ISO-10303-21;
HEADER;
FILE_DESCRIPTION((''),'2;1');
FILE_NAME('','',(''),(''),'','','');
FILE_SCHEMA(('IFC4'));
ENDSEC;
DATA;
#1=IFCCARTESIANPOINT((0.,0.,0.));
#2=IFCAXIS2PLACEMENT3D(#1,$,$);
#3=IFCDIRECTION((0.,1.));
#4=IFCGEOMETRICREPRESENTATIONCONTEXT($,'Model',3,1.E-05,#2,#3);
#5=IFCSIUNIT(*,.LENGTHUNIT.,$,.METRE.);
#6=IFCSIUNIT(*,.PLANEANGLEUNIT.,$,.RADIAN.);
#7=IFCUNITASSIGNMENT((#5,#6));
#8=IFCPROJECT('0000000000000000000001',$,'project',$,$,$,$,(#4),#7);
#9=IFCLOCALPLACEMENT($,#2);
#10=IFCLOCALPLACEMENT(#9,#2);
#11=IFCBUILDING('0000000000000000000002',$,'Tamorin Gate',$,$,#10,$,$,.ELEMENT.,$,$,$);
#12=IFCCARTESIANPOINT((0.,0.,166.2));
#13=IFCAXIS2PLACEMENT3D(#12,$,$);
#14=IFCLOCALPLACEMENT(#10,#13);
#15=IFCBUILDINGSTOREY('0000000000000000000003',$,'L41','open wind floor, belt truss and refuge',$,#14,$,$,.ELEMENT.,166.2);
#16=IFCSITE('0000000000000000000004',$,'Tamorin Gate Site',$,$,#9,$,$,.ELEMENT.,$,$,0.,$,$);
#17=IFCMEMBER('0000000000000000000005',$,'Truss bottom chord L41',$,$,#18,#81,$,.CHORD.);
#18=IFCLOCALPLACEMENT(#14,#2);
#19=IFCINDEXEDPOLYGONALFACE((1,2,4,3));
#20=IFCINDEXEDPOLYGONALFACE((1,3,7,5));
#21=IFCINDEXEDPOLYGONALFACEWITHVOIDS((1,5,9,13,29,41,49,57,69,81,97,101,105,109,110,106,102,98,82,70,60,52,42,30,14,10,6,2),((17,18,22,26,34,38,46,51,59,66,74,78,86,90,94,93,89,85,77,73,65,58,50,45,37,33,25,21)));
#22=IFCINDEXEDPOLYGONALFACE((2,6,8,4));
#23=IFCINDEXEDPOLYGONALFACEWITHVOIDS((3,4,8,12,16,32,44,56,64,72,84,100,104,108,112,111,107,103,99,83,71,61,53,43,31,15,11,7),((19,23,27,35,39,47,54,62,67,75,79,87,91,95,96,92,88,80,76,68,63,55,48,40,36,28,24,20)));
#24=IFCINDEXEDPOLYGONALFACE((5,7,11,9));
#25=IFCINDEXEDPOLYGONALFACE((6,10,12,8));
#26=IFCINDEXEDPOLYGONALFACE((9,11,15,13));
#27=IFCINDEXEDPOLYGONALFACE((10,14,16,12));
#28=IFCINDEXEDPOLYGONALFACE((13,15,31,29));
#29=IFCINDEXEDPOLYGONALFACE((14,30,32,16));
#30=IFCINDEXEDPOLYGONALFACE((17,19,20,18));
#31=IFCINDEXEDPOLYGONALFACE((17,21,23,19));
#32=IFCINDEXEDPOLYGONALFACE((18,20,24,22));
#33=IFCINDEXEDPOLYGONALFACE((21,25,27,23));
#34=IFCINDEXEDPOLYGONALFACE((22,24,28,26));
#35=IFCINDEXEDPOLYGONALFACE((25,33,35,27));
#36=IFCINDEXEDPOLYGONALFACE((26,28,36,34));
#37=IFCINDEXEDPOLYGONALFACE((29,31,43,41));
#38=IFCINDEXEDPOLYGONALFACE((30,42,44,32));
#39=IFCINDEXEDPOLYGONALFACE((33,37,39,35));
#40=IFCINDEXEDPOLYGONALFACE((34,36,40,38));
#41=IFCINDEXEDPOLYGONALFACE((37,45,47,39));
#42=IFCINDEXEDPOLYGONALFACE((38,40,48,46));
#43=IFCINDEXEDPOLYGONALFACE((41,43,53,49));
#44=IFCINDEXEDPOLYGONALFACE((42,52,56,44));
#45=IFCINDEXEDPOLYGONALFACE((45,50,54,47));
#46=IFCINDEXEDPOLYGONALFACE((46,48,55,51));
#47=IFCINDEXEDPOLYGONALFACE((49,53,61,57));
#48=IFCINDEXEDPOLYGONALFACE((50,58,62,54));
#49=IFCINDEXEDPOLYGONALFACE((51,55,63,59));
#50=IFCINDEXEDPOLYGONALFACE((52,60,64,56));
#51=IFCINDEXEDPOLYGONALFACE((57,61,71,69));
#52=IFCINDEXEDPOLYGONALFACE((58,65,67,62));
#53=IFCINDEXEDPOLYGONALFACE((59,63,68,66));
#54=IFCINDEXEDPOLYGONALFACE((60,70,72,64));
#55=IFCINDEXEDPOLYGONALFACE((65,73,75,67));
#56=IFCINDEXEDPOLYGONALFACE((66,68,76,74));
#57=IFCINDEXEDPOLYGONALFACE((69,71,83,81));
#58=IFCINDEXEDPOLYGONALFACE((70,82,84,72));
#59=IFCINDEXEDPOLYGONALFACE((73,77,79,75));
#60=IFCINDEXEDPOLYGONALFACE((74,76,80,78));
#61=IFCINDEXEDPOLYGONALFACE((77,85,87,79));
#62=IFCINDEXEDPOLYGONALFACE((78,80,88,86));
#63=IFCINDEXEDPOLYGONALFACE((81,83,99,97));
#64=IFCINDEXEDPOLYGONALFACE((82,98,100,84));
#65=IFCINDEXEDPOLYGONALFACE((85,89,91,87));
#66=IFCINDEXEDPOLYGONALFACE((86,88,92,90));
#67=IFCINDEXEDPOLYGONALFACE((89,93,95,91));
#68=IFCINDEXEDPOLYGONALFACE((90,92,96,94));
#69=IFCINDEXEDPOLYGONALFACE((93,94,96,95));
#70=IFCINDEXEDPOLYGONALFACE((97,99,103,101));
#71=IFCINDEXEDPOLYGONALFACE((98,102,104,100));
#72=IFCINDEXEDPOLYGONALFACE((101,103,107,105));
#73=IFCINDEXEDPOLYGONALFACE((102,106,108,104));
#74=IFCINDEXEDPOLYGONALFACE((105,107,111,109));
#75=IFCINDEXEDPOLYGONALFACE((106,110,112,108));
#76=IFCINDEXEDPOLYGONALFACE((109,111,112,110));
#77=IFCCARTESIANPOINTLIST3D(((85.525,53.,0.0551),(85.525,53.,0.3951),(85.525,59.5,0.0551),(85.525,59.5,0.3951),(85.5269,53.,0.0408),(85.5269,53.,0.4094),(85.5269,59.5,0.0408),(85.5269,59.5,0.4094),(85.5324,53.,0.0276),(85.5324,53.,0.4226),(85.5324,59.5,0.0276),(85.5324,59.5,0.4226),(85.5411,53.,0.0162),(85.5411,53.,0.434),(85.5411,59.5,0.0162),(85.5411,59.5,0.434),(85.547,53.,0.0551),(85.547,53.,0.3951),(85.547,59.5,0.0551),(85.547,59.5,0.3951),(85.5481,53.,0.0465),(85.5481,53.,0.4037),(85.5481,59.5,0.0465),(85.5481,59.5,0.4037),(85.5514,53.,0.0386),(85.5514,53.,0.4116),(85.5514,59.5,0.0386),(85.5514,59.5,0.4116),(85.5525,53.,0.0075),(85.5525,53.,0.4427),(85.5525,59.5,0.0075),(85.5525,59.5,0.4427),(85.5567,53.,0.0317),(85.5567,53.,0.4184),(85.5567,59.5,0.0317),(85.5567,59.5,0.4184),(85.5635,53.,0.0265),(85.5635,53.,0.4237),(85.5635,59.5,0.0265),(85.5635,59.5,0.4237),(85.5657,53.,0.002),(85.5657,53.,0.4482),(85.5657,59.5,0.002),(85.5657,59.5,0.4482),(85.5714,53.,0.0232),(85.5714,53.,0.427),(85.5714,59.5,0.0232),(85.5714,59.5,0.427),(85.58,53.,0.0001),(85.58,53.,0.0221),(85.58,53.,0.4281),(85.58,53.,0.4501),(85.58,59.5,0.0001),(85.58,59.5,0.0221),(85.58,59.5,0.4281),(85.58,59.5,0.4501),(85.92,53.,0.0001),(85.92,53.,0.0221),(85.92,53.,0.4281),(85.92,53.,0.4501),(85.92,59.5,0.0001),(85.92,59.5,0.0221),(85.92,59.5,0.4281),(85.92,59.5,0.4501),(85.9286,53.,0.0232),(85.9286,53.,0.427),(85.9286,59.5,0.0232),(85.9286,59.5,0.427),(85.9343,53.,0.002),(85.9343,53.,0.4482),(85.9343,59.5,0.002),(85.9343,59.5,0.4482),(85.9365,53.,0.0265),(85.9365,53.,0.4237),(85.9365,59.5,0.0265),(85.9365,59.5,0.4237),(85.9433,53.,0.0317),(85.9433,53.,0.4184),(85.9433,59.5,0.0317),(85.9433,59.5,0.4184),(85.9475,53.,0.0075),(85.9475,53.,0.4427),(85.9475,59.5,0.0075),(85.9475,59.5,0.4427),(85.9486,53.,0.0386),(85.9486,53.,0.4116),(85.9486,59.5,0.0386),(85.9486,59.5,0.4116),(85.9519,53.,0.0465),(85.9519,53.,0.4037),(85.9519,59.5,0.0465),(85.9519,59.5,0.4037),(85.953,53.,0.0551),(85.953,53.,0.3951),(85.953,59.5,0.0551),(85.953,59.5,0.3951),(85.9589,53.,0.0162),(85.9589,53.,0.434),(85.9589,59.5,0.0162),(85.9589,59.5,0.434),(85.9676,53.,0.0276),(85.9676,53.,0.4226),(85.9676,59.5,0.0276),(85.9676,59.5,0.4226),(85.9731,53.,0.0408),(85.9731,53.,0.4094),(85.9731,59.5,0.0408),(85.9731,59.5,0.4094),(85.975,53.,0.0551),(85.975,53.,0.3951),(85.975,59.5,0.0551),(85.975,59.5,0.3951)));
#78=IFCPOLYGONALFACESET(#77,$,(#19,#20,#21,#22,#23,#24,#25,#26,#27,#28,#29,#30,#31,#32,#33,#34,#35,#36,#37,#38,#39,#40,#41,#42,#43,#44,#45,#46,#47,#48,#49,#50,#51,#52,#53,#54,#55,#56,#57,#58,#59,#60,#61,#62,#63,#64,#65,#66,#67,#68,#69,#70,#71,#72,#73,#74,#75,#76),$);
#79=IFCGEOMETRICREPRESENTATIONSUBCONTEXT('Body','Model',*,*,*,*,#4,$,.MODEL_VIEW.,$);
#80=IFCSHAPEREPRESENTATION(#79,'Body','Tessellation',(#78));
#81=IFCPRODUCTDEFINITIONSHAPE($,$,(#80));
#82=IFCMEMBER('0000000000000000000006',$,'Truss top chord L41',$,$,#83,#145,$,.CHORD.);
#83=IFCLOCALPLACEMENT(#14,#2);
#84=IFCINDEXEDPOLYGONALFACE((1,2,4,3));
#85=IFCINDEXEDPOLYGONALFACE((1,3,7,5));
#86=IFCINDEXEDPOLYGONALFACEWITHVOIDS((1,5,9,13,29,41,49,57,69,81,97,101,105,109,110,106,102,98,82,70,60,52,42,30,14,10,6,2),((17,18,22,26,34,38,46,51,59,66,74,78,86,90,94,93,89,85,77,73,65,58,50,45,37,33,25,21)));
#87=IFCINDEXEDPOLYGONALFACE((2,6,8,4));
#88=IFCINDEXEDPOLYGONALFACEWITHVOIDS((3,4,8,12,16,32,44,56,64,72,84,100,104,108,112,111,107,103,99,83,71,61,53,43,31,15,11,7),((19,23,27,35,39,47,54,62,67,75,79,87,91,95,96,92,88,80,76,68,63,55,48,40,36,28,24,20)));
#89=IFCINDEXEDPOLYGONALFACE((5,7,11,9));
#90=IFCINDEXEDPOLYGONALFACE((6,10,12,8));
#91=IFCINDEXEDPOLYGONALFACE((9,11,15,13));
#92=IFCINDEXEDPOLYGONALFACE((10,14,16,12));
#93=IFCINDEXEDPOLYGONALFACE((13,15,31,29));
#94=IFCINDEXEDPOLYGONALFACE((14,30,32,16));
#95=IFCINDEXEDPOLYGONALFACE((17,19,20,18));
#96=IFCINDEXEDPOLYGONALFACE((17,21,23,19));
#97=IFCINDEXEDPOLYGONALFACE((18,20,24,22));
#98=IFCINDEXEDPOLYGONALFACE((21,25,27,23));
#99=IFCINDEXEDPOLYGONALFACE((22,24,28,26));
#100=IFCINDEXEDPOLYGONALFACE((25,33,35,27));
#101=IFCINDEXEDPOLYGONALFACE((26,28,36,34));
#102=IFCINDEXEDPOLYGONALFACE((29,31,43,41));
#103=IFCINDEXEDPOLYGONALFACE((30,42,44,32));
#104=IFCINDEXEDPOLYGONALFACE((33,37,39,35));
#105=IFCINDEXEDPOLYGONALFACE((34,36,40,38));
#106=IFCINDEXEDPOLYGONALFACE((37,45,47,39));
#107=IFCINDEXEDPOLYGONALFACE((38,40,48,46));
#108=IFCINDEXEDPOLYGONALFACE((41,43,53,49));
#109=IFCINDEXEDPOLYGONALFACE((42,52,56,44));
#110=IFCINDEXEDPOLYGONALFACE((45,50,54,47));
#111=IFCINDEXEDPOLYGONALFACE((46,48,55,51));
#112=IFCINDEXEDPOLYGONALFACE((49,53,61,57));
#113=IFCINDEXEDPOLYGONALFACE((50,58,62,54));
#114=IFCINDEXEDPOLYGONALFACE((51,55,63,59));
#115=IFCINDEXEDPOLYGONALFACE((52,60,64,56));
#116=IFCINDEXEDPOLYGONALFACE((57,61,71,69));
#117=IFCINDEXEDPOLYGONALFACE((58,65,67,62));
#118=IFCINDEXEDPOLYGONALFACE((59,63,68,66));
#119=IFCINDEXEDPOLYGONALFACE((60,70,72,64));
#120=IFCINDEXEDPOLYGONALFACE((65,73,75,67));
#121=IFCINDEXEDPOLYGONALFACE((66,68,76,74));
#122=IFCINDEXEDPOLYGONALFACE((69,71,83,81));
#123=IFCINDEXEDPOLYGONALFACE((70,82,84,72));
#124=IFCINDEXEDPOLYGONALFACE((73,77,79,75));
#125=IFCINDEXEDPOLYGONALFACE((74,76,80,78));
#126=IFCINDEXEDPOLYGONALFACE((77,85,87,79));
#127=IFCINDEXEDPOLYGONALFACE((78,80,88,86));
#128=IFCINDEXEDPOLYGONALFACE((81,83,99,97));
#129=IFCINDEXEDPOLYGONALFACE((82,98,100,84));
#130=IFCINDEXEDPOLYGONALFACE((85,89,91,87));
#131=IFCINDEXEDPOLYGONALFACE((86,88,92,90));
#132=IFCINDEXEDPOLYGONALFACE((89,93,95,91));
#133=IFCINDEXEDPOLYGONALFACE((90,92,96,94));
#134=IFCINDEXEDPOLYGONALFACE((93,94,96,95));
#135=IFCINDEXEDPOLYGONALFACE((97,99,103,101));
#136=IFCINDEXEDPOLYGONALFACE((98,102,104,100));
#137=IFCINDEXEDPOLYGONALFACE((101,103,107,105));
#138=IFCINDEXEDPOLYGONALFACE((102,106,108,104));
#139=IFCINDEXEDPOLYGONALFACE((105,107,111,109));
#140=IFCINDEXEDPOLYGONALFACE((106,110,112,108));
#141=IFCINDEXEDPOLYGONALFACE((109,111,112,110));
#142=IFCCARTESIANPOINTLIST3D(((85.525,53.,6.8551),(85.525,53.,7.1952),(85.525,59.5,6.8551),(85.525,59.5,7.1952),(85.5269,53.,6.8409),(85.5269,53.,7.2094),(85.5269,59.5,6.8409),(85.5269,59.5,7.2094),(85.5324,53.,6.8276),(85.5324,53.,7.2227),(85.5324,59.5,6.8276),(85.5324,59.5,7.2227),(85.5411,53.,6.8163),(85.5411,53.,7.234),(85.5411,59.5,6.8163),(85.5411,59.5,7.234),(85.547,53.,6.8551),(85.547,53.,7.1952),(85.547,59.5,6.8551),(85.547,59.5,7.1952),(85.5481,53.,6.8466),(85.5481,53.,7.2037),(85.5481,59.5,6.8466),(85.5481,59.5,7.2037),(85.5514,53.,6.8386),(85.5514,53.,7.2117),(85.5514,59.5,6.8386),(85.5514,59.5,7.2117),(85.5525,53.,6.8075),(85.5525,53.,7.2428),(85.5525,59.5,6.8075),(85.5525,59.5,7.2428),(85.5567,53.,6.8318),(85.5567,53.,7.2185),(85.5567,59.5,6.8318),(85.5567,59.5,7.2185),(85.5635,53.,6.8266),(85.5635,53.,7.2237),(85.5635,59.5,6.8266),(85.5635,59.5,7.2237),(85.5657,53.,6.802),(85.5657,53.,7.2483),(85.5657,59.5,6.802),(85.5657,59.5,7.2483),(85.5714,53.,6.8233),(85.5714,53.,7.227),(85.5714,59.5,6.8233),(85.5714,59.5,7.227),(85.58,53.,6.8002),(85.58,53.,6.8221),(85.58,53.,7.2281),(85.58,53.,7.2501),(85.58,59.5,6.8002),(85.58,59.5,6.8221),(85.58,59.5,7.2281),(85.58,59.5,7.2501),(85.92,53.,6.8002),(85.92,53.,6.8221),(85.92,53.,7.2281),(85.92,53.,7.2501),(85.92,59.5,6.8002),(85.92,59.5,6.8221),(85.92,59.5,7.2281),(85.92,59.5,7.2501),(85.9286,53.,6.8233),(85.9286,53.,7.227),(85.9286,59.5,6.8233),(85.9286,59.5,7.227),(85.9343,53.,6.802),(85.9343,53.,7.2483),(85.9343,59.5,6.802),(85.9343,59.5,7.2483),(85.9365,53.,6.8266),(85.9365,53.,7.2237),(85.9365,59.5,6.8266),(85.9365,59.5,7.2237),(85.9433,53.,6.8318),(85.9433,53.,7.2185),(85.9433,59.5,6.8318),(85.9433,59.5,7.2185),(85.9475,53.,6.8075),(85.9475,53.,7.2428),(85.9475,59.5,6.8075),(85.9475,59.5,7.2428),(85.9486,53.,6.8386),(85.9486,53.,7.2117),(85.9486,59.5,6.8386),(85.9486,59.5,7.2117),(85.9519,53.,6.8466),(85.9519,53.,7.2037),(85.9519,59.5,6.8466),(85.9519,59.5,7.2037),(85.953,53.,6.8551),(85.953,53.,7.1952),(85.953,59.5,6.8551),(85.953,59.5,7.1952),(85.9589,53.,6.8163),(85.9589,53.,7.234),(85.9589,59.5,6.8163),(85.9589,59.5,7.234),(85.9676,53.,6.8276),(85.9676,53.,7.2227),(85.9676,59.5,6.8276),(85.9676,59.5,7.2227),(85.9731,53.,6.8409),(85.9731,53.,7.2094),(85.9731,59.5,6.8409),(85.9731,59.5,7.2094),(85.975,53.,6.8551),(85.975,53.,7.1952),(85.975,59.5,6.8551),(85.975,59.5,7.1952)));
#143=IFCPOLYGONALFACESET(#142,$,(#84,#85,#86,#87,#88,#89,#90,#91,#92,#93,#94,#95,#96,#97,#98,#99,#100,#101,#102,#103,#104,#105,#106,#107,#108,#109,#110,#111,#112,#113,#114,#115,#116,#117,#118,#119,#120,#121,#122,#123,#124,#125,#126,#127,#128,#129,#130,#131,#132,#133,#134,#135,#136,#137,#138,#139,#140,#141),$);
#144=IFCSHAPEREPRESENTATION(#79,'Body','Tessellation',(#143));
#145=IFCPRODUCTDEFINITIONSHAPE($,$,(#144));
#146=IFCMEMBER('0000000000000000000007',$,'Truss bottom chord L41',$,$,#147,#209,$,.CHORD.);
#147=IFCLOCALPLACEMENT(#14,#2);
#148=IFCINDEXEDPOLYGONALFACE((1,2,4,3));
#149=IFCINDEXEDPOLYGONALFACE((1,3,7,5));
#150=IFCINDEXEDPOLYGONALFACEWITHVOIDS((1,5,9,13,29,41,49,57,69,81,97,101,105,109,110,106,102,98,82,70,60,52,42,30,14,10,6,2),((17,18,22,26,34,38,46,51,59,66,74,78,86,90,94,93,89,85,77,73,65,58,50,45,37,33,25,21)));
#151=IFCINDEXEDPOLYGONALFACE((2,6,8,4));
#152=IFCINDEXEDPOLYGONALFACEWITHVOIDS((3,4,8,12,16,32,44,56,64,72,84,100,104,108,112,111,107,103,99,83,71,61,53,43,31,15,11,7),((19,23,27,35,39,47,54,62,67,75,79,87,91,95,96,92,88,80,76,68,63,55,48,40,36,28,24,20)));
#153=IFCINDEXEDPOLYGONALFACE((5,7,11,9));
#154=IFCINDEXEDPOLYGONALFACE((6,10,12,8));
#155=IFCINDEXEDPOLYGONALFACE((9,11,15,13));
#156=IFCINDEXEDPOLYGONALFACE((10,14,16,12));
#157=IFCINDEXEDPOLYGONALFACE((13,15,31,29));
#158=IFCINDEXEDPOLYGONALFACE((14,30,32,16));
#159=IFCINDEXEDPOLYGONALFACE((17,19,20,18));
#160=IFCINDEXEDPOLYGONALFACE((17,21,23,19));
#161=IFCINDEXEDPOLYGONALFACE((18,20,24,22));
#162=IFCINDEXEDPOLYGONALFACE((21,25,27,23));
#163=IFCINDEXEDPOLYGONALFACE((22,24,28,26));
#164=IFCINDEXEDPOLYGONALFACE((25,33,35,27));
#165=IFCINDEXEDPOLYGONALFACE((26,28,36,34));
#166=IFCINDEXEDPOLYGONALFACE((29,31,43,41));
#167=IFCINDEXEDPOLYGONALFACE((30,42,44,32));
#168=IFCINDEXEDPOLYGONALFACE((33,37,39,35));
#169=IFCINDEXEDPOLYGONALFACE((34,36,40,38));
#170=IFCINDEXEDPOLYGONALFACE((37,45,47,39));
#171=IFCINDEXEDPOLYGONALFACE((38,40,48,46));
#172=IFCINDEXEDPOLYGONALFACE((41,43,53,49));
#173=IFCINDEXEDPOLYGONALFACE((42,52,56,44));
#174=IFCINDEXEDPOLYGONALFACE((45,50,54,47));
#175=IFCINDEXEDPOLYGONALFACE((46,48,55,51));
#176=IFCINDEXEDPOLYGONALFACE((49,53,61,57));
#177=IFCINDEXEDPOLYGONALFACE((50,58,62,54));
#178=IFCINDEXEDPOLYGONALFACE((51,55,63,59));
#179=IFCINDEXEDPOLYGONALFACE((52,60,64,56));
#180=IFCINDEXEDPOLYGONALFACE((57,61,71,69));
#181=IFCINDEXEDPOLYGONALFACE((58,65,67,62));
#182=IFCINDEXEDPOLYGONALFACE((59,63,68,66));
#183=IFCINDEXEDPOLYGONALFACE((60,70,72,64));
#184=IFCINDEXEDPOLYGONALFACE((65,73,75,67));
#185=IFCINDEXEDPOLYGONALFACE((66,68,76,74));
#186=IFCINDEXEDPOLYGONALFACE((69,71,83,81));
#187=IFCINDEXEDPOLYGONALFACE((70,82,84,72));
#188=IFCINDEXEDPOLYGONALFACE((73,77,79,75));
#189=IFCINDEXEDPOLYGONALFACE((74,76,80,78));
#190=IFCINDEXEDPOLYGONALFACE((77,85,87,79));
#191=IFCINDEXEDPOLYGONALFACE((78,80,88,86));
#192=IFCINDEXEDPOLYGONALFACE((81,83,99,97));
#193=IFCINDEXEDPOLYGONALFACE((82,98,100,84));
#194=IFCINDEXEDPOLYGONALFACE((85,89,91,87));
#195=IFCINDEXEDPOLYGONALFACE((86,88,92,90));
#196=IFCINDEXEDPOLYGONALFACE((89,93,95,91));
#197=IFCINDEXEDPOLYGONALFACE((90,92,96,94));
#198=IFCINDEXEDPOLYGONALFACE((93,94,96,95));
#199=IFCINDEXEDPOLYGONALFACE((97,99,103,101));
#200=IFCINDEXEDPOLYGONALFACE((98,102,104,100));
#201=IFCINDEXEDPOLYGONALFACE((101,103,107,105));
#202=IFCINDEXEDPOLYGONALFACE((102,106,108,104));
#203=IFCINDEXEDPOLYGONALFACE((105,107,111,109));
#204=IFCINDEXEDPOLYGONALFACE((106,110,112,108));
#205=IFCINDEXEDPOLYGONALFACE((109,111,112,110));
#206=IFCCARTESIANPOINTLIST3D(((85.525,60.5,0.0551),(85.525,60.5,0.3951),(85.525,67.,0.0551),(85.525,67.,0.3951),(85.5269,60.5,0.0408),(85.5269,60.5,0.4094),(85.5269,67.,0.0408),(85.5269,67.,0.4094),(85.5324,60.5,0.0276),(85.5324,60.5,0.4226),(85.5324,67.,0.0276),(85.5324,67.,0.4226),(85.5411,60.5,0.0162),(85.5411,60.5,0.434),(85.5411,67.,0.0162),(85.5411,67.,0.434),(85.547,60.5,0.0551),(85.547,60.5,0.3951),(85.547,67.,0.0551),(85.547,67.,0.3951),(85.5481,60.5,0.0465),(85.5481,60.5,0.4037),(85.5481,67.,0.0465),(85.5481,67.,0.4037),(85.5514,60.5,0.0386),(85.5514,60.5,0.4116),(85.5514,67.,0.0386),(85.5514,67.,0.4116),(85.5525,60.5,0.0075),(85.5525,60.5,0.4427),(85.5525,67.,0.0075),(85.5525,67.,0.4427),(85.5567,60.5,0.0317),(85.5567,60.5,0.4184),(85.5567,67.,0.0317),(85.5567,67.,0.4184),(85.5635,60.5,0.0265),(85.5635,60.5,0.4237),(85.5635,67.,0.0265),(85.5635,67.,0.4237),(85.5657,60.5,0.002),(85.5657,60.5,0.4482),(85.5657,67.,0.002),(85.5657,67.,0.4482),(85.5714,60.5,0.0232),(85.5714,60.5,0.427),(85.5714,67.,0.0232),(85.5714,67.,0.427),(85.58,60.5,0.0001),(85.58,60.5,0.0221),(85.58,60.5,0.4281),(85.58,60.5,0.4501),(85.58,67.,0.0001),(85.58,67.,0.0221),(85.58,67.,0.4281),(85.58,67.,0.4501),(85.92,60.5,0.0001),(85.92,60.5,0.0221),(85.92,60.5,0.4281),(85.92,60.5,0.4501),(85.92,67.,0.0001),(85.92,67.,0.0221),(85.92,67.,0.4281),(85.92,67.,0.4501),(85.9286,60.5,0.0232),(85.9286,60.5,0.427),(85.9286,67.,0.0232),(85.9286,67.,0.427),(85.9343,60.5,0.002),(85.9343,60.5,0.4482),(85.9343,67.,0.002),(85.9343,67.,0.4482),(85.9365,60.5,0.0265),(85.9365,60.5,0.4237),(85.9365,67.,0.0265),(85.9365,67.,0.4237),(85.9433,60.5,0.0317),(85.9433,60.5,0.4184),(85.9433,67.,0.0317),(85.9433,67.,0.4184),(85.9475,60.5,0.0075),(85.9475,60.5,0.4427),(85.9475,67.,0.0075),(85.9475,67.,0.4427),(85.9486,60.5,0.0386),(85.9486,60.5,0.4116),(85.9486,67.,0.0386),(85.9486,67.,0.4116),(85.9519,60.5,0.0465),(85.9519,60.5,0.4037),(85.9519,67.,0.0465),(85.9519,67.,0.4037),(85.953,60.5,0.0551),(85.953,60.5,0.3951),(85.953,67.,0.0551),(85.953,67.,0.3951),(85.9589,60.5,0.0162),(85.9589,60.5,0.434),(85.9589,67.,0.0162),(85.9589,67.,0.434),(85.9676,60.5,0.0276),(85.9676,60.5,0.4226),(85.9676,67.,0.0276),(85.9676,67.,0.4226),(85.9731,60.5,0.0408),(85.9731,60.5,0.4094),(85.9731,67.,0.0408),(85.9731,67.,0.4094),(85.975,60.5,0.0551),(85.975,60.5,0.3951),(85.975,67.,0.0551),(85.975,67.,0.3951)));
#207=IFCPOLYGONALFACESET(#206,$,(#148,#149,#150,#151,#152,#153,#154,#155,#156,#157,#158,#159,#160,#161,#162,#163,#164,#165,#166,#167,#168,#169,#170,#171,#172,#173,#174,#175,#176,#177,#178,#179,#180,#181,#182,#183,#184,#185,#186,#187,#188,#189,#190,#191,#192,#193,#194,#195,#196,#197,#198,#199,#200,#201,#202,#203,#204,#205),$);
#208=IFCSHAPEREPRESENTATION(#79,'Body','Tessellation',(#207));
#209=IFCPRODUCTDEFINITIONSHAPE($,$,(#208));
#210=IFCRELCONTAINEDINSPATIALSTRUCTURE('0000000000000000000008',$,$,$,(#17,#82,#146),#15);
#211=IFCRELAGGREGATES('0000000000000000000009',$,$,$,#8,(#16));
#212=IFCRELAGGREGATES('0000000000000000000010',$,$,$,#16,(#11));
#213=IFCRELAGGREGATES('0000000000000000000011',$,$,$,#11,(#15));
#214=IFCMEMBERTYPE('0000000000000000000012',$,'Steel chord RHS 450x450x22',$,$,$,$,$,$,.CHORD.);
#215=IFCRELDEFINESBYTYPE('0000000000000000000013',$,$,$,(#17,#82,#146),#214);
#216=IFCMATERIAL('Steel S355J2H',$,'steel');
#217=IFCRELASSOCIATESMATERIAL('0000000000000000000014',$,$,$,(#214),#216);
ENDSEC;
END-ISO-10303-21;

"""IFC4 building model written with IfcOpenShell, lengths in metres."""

from ifc_helpers import new_model, si_unit, direction, frame, origin, origin_2d, place, context, subcontext, project, spatial, hollow_rectangle, extrude, material, material_profile, profile_set, type_object, element, save


model = new_model("IFC4")

# Units and contexts
model_context = context("Model", 3, precision=1e-05, world=origin(), true_north=direction((0.0, 1.0)))
body_context = subcontext(model_context, "Body", "Model", "MODEL_VIEW")
ifc_project = project(units=[si_unit("LENGTHUNIT", "METRE"), si_unit("PLANEANGLEUNIT", "RADIAN")], contexts=[model_context])

# Site, building, storey
site_placement = place(None, origin())
site = spatial("IfcSite", under=ifc_project, at=site_placement, Name="Tamorin Gate Site", CompositionType="ELEMENT", RefElevation=0.0)
building_placement = place(site_placement, origin())
building = spatial("IfcBuilding", under=site, at=building_placement, Name="Tamorin Gate", CompositionType="ELEMENT")
storey_placement = place(building_placement, frame((0.0, 0.0, 166.2)))
storey = spatial("IfcBuildingStorey", under=building, at=storey_placement, Name="L41", Description="open wind floor, belt truss and refuge", CompositionType="ELEMENT", Elevation=166.2)

# Members
ifc_material_1 = material(Name="Steel S355J2H", Category="steel")
ifc_material_profile_1 = material_profile(ifc_material_1, hollow_rectangle(XDim=0.45, YDim=0.45, WallThickness=0.022, InnerFilletRadius=0.033, OuterFilletRadius=0.0549, at=origin_2d()), Name="RHS 450x450x22")
ifc_profile_set_1 = profile_set([ifc_material_profile_1], Name="Steel S355J2H")
member_type_1 = type_object("IfcMemberType", Name="Steel chord RHS 450x450x22", PredefinedType="CHORD", material=ifc_profile_set_1)
for number, where, z_axis, x_axis, name in (
    (1, (85.75, 53.0, 0.2251), (0.0, 1.0, 0.0), (-1.0, 0.0, 0.0), "Truss bottom chord L41"),
    (2, (85.75, 53.0, 7.0251), (0.0, 1.0, 0.0), (-1.0, 0.0, 0.0), "Truss top chord L41"),
    (3, (85.75, 60.5, 0.2251), (0.0, 1.0, 0.0), (-1.0, 0.0, 0.0), "Truss bottom chord L41"),
):
    element("IfcMember", number, at=place(storey_placement, frame(where, z_axis=z_axis, x_axis=x_axis)), inside=storey, type_object=member_type_1, Name=name, PredefinedType="CHORD", context=body_context, shape_type="SweptSolid", body=[
        extrude(hollow_rectangle(XDim=0.45, YDim=0.45, WallThickness=0.022, InnerFilletRadius=0.033, OuterFilletRadius=0.0549, at=origin_2d()), origin(), (0.0, 0.0, 1.0), 6.5),
    ])

save(model, "model.ifc")
